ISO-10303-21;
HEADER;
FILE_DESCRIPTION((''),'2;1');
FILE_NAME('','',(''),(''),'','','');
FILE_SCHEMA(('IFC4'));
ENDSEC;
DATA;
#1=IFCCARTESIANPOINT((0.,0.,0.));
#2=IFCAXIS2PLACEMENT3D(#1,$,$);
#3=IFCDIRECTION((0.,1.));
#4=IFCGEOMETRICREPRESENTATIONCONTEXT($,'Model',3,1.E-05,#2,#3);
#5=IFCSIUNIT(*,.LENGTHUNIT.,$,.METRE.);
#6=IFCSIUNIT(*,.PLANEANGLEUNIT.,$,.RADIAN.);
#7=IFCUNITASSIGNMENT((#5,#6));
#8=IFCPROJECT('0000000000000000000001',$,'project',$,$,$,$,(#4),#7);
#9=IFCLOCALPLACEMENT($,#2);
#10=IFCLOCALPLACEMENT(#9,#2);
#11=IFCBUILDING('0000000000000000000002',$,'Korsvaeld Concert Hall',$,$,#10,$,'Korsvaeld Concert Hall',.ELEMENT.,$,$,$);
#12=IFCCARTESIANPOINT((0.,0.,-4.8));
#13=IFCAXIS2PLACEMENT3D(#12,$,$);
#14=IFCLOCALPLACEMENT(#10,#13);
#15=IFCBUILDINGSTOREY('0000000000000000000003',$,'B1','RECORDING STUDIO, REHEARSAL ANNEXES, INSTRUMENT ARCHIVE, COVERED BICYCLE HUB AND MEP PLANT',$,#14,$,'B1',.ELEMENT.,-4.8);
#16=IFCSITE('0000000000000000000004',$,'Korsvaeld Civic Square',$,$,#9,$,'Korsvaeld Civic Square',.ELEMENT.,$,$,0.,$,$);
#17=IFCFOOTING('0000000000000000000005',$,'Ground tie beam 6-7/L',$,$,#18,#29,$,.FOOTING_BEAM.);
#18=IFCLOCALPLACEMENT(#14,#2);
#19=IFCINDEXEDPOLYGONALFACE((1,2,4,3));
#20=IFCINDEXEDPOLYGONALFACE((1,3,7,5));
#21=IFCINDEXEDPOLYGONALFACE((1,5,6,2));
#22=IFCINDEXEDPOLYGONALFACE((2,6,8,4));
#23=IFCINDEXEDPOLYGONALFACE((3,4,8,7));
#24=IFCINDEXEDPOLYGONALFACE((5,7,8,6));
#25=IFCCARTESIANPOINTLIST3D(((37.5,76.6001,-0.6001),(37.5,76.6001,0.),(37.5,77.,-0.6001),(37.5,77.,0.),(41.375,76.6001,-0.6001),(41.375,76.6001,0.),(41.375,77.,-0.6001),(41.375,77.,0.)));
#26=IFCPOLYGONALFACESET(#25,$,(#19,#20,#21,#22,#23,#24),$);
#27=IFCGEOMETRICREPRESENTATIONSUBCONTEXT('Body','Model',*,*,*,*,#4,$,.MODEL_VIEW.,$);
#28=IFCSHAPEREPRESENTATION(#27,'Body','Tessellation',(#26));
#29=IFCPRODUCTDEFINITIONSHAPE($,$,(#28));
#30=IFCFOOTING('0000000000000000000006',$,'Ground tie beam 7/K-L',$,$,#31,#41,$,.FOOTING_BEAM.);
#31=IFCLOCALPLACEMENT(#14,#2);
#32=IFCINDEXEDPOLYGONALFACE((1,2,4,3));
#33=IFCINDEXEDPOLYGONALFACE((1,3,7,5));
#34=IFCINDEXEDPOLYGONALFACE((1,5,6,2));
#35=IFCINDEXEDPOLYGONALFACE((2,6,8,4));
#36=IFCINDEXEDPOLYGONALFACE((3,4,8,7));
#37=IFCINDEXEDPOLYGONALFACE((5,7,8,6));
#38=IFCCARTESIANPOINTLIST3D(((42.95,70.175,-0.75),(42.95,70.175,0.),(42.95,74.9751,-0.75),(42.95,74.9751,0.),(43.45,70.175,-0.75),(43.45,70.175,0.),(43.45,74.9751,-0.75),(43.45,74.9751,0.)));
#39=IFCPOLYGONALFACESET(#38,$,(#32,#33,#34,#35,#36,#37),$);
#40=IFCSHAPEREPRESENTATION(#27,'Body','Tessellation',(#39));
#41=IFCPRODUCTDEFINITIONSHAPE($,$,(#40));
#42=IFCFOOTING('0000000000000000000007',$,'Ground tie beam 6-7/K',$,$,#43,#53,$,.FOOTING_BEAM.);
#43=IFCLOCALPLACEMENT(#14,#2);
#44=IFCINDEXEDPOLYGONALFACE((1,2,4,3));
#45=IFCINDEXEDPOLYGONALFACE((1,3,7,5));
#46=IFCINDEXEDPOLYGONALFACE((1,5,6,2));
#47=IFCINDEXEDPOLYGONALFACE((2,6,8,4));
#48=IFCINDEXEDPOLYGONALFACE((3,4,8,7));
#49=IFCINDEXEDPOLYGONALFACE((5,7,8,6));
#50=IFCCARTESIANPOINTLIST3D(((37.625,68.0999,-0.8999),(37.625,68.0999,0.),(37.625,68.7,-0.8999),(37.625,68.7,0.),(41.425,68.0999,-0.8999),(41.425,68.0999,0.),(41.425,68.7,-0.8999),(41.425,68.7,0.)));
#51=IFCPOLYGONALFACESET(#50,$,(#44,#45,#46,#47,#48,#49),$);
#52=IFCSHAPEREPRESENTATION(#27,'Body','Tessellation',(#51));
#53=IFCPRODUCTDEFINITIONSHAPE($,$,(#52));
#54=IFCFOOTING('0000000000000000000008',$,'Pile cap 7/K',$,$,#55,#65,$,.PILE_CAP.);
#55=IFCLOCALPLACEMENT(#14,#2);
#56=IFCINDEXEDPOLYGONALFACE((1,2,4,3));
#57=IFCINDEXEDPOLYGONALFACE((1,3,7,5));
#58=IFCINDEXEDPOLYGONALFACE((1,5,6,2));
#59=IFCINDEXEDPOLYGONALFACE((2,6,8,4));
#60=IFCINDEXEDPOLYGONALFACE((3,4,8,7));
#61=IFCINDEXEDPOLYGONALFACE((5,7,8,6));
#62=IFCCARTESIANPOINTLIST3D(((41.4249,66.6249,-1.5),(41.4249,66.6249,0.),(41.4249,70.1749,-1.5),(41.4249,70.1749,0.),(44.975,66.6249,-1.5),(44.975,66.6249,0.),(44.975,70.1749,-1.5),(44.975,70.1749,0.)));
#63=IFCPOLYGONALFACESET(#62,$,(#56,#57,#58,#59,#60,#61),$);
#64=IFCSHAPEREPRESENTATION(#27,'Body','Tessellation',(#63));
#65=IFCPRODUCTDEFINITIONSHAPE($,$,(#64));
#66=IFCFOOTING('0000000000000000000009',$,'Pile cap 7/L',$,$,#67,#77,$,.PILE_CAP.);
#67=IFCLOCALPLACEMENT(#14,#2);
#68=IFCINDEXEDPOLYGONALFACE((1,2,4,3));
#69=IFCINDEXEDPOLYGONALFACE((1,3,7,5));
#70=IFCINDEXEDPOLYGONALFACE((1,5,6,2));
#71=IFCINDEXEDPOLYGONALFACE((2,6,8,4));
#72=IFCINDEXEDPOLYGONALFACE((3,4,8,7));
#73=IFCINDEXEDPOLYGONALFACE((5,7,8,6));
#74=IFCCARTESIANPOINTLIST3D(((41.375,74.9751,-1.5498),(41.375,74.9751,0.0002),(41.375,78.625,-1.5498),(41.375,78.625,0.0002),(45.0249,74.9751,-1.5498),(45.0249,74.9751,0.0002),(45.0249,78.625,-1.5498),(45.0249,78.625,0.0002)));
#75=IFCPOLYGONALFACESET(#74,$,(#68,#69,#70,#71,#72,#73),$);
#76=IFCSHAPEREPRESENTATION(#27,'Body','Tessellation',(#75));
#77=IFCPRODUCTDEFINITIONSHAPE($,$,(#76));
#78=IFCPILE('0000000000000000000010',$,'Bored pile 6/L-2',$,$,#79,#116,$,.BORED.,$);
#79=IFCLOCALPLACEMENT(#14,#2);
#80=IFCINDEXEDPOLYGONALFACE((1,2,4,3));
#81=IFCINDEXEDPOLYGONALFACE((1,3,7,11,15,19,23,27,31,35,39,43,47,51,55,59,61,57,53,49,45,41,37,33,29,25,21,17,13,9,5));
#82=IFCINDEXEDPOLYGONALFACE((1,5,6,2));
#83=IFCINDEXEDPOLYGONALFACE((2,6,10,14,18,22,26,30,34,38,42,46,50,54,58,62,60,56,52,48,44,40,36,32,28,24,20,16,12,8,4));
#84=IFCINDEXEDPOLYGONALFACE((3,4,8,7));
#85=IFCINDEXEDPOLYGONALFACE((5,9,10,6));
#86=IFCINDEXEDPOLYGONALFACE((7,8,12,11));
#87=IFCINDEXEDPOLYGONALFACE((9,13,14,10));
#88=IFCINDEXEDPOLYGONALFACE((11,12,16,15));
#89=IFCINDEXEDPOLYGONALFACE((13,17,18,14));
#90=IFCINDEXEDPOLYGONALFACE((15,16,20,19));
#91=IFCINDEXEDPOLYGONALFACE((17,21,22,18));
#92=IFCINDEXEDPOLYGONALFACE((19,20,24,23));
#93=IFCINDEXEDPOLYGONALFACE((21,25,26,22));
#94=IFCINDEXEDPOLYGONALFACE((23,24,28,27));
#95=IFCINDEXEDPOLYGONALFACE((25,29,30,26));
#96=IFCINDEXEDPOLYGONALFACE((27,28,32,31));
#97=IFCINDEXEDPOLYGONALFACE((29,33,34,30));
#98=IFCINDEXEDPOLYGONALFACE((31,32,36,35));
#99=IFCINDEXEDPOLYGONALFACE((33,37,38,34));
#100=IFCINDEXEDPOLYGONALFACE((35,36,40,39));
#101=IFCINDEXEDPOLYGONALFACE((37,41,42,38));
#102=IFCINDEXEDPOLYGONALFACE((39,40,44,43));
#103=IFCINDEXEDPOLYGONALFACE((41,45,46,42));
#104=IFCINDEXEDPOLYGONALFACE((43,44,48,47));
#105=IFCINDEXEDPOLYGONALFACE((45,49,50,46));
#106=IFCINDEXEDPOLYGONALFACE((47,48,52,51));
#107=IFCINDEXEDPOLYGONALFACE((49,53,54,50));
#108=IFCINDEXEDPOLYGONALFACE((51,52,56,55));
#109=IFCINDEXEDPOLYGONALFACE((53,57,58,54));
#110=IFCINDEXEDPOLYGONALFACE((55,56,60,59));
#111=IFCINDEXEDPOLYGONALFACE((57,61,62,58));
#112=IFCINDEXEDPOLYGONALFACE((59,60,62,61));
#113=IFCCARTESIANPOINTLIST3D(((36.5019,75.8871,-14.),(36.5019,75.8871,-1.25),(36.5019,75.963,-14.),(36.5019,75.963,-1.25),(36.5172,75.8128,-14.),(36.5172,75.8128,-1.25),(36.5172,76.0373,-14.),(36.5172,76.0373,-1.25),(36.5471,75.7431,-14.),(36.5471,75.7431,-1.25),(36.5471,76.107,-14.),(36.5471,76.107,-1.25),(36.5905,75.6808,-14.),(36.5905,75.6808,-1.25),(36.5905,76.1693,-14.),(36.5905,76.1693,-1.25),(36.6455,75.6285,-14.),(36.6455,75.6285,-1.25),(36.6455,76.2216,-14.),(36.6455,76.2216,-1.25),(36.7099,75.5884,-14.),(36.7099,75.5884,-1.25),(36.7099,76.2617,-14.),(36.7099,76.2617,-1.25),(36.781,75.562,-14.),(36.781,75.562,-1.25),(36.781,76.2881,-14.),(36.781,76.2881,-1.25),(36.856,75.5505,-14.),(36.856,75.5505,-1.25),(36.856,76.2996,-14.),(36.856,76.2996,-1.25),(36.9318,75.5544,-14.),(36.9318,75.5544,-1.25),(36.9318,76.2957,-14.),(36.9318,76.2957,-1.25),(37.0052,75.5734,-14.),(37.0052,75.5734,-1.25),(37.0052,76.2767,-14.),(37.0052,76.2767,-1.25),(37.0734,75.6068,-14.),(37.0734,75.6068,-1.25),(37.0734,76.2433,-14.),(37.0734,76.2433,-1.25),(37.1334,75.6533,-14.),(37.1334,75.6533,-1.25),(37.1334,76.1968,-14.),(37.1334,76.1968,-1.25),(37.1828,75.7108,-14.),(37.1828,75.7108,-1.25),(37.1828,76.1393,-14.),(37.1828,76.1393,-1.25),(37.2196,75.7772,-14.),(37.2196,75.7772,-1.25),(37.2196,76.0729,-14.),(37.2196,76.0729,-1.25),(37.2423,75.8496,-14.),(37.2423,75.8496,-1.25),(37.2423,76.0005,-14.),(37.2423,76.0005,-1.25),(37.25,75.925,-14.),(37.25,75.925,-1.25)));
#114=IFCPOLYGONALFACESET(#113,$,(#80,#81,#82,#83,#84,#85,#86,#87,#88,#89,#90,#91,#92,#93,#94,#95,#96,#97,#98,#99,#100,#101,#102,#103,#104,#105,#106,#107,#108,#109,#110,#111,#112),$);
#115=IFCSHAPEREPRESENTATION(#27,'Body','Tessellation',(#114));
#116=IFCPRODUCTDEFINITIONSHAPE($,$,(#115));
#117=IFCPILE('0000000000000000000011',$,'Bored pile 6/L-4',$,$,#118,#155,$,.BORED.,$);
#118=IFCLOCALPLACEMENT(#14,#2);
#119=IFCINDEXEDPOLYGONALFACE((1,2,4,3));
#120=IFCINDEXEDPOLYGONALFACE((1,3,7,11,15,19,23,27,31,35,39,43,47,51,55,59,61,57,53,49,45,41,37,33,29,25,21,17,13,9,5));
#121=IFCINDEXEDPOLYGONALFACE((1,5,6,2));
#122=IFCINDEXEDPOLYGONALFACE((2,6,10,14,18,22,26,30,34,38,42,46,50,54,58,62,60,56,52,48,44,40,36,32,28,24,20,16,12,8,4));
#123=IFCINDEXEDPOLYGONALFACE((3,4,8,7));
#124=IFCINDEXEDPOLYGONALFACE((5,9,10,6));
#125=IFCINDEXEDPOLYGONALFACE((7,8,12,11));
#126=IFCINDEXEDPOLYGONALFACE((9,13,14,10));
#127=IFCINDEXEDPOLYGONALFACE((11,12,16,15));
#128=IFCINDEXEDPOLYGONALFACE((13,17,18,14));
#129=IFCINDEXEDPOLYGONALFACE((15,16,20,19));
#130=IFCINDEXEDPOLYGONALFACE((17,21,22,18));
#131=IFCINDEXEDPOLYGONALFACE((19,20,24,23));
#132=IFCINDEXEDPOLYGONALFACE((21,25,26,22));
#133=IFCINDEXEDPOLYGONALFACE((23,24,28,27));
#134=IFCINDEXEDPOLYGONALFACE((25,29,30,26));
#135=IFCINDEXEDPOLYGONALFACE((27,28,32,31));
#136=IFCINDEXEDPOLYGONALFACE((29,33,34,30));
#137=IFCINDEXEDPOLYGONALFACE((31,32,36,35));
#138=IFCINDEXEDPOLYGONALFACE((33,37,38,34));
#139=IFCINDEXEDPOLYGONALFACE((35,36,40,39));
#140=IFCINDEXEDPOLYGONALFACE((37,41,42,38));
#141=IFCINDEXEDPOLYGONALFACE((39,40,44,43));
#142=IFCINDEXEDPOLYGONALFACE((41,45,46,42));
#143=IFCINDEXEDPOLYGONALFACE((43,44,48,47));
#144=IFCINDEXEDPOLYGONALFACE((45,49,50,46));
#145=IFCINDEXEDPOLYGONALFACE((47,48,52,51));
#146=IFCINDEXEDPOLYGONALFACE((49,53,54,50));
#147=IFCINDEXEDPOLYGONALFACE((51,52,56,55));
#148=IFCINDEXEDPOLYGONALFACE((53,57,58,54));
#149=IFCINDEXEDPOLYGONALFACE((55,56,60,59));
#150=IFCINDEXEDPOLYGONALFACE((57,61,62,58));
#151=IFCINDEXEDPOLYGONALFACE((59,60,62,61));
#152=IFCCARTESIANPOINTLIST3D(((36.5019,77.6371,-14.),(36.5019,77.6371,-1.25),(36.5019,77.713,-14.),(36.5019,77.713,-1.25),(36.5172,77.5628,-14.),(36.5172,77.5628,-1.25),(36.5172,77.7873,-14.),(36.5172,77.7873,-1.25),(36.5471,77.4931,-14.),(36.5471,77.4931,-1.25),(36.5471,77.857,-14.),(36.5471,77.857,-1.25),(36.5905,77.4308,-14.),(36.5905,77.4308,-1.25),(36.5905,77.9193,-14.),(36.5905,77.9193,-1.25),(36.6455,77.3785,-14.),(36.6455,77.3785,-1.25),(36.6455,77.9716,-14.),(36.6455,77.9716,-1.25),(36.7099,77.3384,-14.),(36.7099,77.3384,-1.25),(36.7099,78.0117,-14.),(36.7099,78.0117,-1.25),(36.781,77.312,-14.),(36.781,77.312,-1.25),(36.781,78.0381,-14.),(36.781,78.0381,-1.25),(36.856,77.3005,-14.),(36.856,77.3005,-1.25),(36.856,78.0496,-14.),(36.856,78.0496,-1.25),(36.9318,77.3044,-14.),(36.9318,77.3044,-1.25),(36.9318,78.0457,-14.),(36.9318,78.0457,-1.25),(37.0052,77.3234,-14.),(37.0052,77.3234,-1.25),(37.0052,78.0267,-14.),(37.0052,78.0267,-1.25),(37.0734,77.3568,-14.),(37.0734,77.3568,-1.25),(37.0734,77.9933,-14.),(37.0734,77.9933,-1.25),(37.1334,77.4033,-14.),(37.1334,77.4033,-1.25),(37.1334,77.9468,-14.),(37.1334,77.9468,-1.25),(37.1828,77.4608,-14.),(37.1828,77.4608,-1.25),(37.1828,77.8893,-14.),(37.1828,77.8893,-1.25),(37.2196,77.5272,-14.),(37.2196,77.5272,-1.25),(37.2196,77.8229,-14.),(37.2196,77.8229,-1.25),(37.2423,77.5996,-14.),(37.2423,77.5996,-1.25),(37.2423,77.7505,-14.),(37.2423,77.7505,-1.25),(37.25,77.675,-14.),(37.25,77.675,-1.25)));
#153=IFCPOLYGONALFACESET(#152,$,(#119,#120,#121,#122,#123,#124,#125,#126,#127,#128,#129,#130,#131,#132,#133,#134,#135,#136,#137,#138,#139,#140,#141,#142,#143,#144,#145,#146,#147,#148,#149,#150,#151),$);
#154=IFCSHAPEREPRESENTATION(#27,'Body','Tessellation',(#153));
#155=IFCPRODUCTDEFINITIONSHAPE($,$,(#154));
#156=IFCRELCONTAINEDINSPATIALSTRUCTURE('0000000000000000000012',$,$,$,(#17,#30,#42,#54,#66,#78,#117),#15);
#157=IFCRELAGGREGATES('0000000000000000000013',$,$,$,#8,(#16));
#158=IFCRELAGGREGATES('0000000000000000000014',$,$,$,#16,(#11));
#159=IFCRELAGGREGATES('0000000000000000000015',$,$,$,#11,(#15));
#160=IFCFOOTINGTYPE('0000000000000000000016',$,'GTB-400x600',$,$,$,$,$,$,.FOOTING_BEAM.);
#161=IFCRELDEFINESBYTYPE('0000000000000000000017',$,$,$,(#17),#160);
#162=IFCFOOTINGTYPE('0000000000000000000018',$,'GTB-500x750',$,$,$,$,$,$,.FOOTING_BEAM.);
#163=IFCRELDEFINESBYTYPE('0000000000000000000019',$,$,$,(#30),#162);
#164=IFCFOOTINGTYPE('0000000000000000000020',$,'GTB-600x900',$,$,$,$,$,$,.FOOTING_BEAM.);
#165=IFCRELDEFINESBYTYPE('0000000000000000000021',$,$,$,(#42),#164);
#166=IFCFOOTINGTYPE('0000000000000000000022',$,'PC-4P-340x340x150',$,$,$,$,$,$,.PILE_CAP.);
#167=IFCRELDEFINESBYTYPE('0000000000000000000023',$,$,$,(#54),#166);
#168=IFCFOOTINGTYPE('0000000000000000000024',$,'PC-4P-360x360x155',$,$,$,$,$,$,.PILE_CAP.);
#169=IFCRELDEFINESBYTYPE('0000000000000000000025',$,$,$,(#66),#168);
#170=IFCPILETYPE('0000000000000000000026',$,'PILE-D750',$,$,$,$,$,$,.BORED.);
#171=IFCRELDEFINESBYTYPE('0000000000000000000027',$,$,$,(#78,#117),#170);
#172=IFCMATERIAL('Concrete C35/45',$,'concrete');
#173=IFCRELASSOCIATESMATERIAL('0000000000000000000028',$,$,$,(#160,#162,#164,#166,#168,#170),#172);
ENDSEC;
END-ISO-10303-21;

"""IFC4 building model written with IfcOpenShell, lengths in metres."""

from ifc_helpers import new_model, si_unit, direction, frame, origin, origin_2d, place, context, subcontext, project, spatial, rectangle, circle, extrude, material, material_profile, profile_set, type_object, element, save


model = new_model("IFC4")

# Units and contexts
model_context = context("Model", 3, precision=1e-05, world=origin(), true_north=direction((0.0, 1.0)))
body_context = subcontext(model_context, "Body", "Model", "MODEL_VIEW")
ifc_project = project(units=[si_unit("LENGTHUNIT", "METRE"), si_unit("PLANEANGLEUNIT", "RADIAN")], contexts=[model_context])

# Site, building, storey
site_placement = place(None, origin())
site = spatial("IfcSite", under=ifc_project, at=site_placement, Name="Korsvaeld Civic Square", LongName="Korsvaeld Civic Square", CompositionType="ELEMENT", RefElevation=0.0)
building_placement = place(site_placement, origin())
building = spatial("IfcBuilding", under=site, at=building_placement, Name="Korsvaeld Concert Hall", LongName="Korsvaeld Concert Hall", CompositionType="ELEMENT")
storey_placement = place(building_placement, frame((0.0, 0.0, -4.8)))
storey = spatial("IfcBuildingStorey", under=building, at=storey_placement, Name="B1", Description="RECORDING STUDIO, REHEARSAL ANNEXES, INSTRUMENT ARCHIVE, COVERED BICYCLE HUB AND MEP PLANT", LongName="B1", CompositionType="ELEMENT", Elevation=-4.8)

# Footings
ifc_material_1 = material(Name="Concrete C35/45", Category="concrete")
ifc_material_profile_1 = material_profile(ifc_material_1, rectangle(XDim=0.3999, YDim=0.6001, at=origin_2d()), Name="GTB 400x600")
ifc_profile_set_1 = profile_set([ifc_material_profile_1], Name="Concrete C35/45")
footing_type_1 = type_object("IfcFootingType", Name="GTB-400x600", PredefinedType="FOOTING_BEAM", material=ifc_profile_set_1)
footing_1_placement = place(storey_placement, frame((37.5, 76.8, -0.3), z_axis=(1.0, 0.0, 0.0), x_axis=(0.0, 1.0, 0.0)))
element("IfcFooting", 1, at=footing_1_placement, inside=storey, type_object=footing_type_1, Name="Ground tie beam 6-7/L", PredefinedType="FOOTING_BEAM", context=body_context, shape_type="SweptSolid", body=[
    extrude(rectangle(XDim=0.3999, YDim=0.6001, at=origin_2d()), origin(), (0.0, 0.0, 1.0), 3.875),
])
ifc_material_profile_2 = material_profile(ifc_material_1, rectangle(XDim=0.5, YDim=0.75, at=origin_2d()), Name="GTB 500x750")
ifc_profile_set_2 = profile_set([ifc_material_profile_2], Name="Concrete C35/45")
footing_type_2 = type_object("IfcFootingType", Name="GTB-500x750", PredefinedType="FOOTING_BEAM", material=ifc_profile_set_2)
footing_2_placement = place(storey_placement, frame((43.2, 70.175, -0.375), z_axis=(0.0, 1.0, 0.0), x_axis=(-1.0, 0.0, 0.0)))
element("IfcFooting", 2, at=footing_2_placement, inside=storey, type_object=footing_type_2, Name="Ground tie beam 7/K-L", PredefinedType="FOOTING_BEAM", context=body_context, shape_type="SweptSolid", body=[
    extrude(rectangle(XDim=0.5, YDim=0.75, at=origin_2d()), origin(), (0.0, 0.0, 1.0), 4.8),
])
ifc_material_profile_3 = material_profile(ifc_material_1, rectangle(XDim=0.6001, YDim=0.8999, at=origin_2d()), Name="GTB 600x900")
ifc_profile_set_3 = profile_set([ifc_material_profile_3], Name="Concrete C35/45")
footing_type_3 = type_object("IfcFootingType", Name="GTB-600x900", PredefinedType="FOOTING_BEAM", material=ifc_profile_set_3)
footing_3_placement = place(storey_placement, frame((37.625, 68.3999, -0.45), z_axis=(1.0, 0.0, 0.0), x_axis=(0.0, 1.0, 0.0)))
element("IfcFooting", 3, at=footing_3_placement, inside=storey, type_object=footing_type_3, Name="Ground tie beam 6-7/K", PredefinedType="FOOTING_BEAM", context=body_context, shape_type="SweptSolid", body=[
    extrude(rectangle(XDim=0.6001, YDim=0.8999, at=origin_2d()), origin(), (0.0, 0.0, 1.0), 3.8),
])
footing_type_4 = type_object("IfcFootingType", Name="PC-4P-340x340x150", PredefinedType="PILE_CAP", material=ifc_material_1)
footing_4_placement = place(storey_placement, frame((43.2, 68.3999, -1.5), z_axis=(0.0, 0.0, 1.0), x_axis=(1.0, 0.0, 0.0)))
element("IfcFooting", 4, at=footing_4_placement, inside=storey, type_object=footing_type_4, Name="Pile cap 7/K", PredefinedType="PILE_CAP", context=body_context, shape_type="SweptSolid", body=[
    extrude(rectangle(XDim=3.55, YDim=3.55, at=origin_2d()), origin(), (0.0, 0.0, 1.0), 1.5),
])
footing_type_5 = type_object("IfcFootingType", Name="PC-4P-360x360x155", PredefinedType="PILE_CAP", material=ifc_material_1)
footing_5_placement = place(storey_placement, frame((43.2, 76.8, -1.5498), z_axis=(0.0, 0.0, 1.0), x_axis=(1.0, 0.0, 0.0)))
element("IfcFooting", 5, at=footing_5_placement, inside=storey, type_object=footing_type_5, Name="Pile cap 7/L", PredefinedType="PILE_CAP", context=body_context, shape_type="SweptSolid", body=[
    extrude(rectangle(XDim=3.6499, YDim=3.6499, at=origin_2d()), origin(), (0.0, 0.0, 1.0), 1.55),
])

# Piles
ifc_material_profile_4 = material_profile(ifc_material_1, circle(Radius=0.375, at=origin_2d()), Name="BORED PILE D750")
ifc_profile_set_4 = profile_set([ifc_material_profile_4], Name="Concrete C35/45")
pile_type_1 = type_object("IfcPileType", Name="PILE-D750", PredefinedType="BORED", material=ifc_profile_set_4)
for number, where, z_axis, x_axis, name in (
    (6, (36.875, 75.925, -1.25), (0.0, 0.0, -1.0), (1.0, 0.0, 0.0), "Bored pile 6/L-2"),
    (7, (36.875, 77.675, -1.25), (0.0, 0.0, -1.0), (1.0, 0.0, 0.0), "Bored pile 6/L-4"),
):
    element("IfcPile", number, at=place(storey_placement, frame(where, z_axis=z_axis, x_axis=x_axis)), inside=storey, type_object=pile_type_1, Name=name, PredefinedType="BORED", context=body_context, shape_type="SweptSolid", body=[
        extrude(circle(Radius=0.375, at=origin_2d()), origin(), (0.0, 0.0, 1.0), 12.75),
    ])

save(model, "model.ifc")
